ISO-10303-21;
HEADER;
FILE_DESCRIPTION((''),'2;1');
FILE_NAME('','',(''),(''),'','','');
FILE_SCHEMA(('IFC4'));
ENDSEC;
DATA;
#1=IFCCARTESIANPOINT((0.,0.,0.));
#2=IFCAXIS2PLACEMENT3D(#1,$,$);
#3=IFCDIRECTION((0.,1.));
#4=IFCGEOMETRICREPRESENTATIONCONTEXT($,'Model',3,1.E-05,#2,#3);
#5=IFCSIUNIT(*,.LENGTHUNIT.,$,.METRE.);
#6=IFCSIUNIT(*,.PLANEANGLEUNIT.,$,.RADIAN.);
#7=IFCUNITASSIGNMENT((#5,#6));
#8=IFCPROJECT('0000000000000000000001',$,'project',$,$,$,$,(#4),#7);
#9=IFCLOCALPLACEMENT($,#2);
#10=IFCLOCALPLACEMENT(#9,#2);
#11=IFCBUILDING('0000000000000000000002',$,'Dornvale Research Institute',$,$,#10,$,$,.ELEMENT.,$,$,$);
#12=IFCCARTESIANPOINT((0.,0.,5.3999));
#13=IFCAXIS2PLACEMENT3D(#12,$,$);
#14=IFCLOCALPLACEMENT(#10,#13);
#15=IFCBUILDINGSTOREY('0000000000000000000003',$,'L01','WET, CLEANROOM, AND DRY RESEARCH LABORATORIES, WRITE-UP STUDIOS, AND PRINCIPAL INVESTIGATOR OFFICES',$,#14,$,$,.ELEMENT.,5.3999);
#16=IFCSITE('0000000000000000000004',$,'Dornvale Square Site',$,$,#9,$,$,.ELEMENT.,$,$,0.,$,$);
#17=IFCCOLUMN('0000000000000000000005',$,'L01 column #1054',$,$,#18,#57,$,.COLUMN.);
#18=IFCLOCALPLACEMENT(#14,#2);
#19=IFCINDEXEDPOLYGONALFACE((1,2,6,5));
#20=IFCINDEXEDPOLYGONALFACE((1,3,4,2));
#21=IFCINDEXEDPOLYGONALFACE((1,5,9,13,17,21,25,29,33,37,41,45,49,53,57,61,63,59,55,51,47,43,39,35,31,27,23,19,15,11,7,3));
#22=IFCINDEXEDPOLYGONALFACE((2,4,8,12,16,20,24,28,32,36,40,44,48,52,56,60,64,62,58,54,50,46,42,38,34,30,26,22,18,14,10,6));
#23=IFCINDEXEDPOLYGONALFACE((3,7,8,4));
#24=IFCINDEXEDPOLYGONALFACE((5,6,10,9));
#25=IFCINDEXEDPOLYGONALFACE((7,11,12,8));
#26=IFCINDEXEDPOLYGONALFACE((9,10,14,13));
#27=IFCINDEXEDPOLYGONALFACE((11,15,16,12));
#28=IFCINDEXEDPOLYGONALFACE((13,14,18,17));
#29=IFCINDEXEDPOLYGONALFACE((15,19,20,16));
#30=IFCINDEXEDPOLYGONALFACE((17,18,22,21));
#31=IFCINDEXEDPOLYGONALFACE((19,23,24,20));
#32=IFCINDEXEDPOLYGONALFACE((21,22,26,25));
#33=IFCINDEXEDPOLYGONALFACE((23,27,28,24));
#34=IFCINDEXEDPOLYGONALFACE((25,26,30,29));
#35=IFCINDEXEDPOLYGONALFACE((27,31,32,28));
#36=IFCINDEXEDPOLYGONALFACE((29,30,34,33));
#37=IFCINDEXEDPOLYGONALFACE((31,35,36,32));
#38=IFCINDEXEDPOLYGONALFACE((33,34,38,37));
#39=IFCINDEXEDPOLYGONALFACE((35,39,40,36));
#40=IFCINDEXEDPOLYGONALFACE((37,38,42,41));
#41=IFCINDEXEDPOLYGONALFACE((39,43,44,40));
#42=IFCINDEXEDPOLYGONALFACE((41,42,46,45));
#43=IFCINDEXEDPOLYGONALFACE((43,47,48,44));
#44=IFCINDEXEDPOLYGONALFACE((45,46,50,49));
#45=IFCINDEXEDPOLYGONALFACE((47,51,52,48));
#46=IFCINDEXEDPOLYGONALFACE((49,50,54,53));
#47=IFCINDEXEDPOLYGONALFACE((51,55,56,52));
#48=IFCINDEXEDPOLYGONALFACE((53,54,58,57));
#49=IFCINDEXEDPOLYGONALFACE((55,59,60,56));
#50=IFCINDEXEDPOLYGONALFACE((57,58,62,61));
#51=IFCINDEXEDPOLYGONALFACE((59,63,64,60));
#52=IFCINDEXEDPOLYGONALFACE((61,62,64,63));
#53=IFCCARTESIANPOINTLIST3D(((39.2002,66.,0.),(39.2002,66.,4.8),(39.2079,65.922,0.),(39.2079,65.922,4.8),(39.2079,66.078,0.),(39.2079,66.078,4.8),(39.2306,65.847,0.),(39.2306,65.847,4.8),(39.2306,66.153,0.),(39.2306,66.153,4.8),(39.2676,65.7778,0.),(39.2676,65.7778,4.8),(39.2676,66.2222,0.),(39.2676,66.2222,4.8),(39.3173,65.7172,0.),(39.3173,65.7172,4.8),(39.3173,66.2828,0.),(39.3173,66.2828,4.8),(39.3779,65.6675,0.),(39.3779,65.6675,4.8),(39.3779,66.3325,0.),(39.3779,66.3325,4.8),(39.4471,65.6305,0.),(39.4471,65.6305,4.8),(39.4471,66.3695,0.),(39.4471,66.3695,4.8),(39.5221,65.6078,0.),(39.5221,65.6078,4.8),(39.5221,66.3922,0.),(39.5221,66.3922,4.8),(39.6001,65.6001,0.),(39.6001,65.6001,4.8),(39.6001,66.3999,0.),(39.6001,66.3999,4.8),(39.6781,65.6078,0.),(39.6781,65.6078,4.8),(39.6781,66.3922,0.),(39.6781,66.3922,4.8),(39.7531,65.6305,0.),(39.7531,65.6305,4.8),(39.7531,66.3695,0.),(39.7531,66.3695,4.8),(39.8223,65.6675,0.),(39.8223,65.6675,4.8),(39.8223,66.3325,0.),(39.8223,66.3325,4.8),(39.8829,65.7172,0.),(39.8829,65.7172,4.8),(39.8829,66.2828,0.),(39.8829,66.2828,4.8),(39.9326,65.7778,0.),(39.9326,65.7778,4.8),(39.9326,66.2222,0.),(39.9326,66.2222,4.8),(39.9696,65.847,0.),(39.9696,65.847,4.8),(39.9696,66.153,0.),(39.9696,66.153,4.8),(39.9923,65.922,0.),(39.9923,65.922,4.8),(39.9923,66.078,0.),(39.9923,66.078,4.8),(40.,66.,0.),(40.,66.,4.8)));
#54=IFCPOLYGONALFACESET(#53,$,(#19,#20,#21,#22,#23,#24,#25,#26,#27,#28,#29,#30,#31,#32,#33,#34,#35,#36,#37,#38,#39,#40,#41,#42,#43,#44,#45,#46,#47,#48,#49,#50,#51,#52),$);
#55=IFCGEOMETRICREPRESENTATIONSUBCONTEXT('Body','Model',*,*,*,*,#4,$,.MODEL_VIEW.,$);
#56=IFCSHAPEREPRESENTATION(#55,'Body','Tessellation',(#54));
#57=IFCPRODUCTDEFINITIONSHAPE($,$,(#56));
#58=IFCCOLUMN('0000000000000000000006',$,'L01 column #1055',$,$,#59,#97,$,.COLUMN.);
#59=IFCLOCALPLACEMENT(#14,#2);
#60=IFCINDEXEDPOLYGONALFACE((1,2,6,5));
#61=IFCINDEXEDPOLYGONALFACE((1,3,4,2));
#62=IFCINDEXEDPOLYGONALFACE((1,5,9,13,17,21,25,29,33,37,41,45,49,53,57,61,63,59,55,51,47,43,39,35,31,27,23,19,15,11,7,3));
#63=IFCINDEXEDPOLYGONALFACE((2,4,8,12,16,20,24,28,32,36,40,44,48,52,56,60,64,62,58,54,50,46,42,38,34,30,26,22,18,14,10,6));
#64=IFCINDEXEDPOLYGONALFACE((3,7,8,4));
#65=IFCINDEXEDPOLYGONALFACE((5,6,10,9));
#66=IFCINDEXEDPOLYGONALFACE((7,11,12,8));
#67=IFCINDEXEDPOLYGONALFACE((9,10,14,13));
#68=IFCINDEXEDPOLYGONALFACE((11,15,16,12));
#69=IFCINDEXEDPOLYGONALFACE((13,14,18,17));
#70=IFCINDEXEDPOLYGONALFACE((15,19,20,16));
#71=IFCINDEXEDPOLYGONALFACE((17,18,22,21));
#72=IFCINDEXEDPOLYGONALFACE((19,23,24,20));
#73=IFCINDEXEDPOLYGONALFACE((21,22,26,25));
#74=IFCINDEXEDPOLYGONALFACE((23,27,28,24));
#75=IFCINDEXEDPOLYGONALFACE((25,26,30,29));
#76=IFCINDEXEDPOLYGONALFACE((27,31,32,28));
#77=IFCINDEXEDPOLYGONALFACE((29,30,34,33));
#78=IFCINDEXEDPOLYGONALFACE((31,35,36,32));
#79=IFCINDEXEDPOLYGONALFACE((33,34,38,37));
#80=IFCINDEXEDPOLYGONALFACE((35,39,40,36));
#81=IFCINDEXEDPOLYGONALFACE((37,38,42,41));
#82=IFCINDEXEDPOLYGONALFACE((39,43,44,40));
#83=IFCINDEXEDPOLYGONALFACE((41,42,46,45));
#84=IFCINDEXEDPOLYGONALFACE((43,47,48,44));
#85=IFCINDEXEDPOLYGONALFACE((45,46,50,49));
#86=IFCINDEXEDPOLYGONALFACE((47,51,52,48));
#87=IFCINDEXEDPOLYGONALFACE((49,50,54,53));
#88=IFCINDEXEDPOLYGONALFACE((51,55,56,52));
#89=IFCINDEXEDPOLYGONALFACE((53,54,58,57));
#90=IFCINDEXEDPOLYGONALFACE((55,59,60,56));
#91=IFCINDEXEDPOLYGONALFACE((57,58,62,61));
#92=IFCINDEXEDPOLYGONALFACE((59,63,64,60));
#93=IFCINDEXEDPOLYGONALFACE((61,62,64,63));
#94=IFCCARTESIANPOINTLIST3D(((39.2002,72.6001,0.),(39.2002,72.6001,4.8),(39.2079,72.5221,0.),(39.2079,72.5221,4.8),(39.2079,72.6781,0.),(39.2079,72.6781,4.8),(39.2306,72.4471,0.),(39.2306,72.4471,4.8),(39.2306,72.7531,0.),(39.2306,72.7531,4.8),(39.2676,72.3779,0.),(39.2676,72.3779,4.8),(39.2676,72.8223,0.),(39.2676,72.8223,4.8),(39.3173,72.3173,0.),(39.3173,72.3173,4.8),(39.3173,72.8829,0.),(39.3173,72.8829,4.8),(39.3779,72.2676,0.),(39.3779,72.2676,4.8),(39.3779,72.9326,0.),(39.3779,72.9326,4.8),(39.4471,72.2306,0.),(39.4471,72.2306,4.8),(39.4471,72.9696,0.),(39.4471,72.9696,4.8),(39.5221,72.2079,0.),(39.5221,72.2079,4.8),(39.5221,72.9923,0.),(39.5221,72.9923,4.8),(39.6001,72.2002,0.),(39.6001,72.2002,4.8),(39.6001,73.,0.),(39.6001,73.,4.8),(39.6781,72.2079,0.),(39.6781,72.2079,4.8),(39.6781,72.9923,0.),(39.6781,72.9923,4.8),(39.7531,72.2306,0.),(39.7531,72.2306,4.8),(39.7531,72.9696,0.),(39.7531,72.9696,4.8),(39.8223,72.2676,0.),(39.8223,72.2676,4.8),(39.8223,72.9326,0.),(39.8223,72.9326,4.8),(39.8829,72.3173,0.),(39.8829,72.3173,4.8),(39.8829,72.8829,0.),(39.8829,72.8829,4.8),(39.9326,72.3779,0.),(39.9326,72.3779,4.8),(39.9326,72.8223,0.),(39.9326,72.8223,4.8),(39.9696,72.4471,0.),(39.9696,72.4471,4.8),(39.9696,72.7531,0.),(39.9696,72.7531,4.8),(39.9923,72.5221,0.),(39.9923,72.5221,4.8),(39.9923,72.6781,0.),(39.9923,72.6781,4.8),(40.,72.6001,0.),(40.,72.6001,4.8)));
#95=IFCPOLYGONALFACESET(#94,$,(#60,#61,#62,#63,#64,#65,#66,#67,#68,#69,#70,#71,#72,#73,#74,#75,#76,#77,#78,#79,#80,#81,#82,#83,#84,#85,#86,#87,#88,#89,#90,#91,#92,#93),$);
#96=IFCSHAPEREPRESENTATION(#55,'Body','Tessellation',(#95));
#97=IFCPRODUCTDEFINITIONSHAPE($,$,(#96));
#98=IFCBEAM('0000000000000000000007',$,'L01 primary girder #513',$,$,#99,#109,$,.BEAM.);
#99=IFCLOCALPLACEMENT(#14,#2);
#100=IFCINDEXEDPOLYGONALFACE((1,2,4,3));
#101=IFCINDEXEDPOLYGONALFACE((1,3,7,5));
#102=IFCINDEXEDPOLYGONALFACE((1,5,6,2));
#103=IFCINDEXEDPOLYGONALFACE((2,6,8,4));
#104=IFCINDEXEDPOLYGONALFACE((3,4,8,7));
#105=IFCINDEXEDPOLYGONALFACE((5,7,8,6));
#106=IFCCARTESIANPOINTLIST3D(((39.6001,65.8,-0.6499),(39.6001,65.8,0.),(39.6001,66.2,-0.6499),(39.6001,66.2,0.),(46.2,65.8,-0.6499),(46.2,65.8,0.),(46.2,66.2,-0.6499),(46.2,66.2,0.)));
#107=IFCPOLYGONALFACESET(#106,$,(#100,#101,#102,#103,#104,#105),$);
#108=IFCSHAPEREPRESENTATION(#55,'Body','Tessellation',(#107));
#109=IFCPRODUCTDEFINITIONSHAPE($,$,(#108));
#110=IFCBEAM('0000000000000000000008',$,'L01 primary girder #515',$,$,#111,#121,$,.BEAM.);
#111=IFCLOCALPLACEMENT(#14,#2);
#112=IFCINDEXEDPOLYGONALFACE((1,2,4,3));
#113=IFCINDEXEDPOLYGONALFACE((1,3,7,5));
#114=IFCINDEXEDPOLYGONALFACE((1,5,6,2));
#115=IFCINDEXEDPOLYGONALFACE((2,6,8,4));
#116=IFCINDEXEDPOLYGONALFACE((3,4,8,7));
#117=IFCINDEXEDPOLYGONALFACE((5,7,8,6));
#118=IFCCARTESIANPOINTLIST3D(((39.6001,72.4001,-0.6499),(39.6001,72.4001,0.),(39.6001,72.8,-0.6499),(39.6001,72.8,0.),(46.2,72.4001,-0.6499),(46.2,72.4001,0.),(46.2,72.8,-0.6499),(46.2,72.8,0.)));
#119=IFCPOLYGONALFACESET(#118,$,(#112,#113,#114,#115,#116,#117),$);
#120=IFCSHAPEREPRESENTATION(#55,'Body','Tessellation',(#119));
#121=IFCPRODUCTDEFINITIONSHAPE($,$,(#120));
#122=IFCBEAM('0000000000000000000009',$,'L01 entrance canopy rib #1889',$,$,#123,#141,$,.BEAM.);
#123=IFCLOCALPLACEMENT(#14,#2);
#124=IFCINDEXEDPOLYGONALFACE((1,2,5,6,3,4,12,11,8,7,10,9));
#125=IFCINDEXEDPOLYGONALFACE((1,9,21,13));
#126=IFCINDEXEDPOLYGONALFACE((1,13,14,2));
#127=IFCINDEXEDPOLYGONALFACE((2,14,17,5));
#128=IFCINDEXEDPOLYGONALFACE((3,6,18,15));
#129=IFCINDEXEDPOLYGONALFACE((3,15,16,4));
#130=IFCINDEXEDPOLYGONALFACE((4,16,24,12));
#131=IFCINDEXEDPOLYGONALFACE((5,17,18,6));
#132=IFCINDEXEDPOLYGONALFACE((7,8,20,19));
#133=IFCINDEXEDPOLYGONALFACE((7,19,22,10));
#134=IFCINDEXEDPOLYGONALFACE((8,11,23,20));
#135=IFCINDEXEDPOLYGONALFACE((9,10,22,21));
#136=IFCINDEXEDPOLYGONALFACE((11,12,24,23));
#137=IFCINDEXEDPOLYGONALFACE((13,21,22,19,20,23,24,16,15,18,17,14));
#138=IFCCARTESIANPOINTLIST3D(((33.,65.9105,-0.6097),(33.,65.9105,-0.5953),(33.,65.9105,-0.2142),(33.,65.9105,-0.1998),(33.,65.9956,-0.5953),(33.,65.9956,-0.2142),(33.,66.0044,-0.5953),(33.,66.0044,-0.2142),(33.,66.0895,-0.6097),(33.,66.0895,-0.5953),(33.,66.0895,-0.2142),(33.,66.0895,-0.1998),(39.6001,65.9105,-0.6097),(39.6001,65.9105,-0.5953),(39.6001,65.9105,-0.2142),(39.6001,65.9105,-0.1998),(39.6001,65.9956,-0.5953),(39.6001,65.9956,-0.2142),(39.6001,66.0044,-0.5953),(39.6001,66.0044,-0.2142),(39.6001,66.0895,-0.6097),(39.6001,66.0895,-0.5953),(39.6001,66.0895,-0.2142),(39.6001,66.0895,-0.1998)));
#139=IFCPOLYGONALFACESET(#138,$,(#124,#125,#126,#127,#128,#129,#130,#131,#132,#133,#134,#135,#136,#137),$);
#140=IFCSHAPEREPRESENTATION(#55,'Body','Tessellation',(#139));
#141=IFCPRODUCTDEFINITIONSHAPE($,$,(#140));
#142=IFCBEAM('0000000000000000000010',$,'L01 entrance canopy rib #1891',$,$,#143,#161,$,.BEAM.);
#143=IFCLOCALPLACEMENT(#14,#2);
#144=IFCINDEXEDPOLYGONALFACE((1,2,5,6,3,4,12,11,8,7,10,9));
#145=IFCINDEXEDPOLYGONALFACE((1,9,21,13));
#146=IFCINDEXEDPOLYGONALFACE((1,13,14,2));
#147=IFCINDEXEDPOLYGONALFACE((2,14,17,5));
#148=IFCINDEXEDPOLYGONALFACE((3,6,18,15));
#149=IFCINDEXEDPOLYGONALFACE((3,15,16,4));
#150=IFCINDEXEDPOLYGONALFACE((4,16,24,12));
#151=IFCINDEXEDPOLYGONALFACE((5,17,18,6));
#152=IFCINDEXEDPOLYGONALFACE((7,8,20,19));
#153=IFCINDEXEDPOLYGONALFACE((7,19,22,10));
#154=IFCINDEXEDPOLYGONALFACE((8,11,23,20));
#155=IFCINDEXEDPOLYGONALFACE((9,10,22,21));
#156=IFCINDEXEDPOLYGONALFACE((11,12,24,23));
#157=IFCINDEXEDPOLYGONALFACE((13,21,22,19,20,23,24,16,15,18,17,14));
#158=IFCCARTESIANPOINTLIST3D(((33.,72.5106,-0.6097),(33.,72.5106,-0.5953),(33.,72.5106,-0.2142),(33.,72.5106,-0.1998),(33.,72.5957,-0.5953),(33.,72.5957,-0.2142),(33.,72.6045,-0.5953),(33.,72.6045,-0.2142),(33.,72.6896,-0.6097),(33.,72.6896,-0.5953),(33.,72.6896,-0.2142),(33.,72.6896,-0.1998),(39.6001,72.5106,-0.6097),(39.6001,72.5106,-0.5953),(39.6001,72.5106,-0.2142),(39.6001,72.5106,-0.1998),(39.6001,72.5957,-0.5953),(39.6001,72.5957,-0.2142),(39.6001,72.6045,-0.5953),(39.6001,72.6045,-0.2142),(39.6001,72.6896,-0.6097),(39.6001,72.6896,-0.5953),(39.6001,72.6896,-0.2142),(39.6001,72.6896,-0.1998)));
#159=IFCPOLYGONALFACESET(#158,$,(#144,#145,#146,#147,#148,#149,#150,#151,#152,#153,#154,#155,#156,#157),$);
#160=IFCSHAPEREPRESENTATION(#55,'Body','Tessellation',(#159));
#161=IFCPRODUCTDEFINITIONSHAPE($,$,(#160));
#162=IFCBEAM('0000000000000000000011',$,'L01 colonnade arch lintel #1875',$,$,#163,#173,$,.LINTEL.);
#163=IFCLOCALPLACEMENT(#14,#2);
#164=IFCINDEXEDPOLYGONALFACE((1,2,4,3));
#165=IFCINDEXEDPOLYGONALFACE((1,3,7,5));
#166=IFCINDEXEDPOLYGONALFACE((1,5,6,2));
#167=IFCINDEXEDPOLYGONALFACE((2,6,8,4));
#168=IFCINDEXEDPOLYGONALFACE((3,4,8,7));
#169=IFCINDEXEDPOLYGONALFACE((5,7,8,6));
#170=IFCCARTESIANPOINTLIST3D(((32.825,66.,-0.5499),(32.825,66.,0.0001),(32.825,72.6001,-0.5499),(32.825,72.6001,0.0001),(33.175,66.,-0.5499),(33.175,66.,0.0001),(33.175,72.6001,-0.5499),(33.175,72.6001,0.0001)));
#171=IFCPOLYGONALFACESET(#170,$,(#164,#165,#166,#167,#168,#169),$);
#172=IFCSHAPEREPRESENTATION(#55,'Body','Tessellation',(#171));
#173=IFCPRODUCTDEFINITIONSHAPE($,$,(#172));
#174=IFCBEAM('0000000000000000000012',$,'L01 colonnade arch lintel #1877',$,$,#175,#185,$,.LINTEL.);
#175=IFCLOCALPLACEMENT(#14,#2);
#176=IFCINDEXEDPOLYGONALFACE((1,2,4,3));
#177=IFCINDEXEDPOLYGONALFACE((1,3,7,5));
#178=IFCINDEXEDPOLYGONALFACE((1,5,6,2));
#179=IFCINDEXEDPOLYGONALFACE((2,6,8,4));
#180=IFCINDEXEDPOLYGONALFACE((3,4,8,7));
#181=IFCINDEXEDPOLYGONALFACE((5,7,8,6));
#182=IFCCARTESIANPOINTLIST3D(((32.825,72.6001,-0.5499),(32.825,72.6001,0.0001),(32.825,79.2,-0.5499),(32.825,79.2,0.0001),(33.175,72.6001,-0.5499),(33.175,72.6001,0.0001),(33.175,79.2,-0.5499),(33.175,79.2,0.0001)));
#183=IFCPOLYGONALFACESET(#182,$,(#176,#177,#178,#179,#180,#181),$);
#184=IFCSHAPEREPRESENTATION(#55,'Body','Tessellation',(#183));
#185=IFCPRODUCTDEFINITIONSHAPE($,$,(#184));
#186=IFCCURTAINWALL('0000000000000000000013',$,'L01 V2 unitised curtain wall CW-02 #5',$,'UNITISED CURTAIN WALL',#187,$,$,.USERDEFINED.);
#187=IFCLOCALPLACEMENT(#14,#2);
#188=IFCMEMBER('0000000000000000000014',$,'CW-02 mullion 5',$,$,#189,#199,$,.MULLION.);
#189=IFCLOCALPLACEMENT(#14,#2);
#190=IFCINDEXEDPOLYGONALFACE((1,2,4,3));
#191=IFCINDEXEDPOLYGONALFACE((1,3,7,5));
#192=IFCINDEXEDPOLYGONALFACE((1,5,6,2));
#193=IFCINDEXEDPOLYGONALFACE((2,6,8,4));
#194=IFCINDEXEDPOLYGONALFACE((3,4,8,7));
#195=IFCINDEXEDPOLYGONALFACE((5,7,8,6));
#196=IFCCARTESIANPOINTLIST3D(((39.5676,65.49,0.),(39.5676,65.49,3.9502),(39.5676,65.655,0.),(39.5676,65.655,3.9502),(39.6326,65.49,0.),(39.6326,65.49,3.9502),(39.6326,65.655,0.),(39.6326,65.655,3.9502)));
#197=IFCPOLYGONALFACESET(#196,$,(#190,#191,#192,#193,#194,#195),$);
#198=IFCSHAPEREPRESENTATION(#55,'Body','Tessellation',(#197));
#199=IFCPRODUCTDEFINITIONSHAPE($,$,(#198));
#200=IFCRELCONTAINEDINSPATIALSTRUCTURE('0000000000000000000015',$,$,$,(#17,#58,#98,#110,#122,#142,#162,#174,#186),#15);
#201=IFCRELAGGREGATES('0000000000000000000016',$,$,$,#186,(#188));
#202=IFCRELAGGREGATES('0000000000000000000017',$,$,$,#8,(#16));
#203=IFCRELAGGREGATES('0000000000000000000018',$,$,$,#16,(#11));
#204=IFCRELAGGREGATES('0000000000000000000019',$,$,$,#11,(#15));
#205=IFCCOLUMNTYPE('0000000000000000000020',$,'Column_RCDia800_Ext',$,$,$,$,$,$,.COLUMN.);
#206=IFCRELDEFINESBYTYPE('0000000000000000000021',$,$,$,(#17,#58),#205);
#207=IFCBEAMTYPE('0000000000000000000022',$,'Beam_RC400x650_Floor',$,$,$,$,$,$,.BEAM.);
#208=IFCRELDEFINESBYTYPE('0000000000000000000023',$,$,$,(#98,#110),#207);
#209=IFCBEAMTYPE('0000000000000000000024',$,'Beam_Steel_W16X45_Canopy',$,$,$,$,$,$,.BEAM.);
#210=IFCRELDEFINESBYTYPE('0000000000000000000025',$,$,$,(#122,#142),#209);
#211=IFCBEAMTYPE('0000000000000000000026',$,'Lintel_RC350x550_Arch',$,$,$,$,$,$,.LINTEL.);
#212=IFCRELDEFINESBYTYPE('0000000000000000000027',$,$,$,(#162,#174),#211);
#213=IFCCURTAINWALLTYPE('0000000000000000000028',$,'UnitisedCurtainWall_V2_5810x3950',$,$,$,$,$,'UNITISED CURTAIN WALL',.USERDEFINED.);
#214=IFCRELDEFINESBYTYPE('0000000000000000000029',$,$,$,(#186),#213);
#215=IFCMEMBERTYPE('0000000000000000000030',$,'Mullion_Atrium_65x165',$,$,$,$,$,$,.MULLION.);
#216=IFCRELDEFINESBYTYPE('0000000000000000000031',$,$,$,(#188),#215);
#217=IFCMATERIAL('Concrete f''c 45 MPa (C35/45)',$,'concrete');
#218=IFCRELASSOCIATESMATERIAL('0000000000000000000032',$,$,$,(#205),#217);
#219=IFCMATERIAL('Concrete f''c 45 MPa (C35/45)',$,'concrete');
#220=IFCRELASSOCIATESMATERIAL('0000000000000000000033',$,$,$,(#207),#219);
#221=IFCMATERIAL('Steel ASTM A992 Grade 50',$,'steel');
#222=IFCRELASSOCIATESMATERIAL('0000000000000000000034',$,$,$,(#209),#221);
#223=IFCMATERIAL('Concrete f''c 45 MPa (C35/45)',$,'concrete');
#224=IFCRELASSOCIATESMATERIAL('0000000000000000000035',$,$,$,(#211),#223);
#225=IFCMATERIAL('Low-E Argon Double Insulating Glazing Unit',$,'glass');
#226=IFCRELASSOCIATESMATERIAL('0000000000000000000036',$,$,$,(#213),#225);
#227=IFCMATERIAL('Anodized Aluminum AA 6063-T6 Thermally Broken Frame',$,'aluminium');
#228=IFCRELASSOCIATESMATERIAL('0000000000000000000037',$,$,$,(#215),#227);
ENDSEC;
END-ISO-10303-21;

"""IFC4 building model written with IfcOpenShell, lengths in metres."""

from ifc_helpers import new_model, si_unit, direction, frame, origin, origin_2d, place, context, subcontext, project, spatial, rectangle, circle, i_section, extrude, material, material_profile, profile_set, type_object, element, aggregate, save


model = new_model("IFC4")

# Units and contexts
model_context = context("Model", 3, precision=1e-05, world=origin(), true_north=direction((0.0, 1.0)))
body_context = subcontext(model_context, "Body", "Model", "MODEL_VIEW")
ifc_project = project(units=[si_unit("LENGTHUNIT", "METRE"), si_unit("PLANEANGLEUNIT", "RADIAN")], contexts=[model_context])

# Site, building, storey
site_placement = place(None, origin())
site = spatial("IfcSite", under=ifc_project, at=site_placement, Name="Dornvale Square Site", CompositionType="ELEMENT", RefElevation=0.0)
building_placement = place(site_placement, origin())
building = spatial("IfcBuilding", under=site, at=building_placement, Name="Dornvale Research Institute", CompositionType="ELEMENT")
storey_placement = place(building_placement, frame((0.0, 0.0, 5.3999)))
storey = spatial("IfcBuildingStorey", under=building, at=storey_placement, Name="L01", Description="WET, CLEANROOM, AND DRY RESEARCH LABORATORIES, WRITE-UP STUDIOS, AND PRINCIPAL INVESTIGATOR OFFICES", CompositionType="ELEMENT", Elevation=5.3999)

# Columns
ifc_material_1 = material(Name="Concrete f'c 45 MPa (C35/45)", Category="concrete")
ifc_material_profile_1 = material_profile(ifc_material_1, circle(Radius=0.3999, at=origin_2d()), Name="RC DIA 800")
ifc_profile_set_1 = profile_set([ifc_material_profile_1], Name="Concrete f'c 45 MPa (C35/45)")
column_type = type_object("IfcColumnType", Name="Column_RCDia800_Ext", PredefinedType="COLUMN", material=ifc_profile_set_1)
for number, where, z_axis, x_axis, name in (
    (1, (39.6001, 66.0, 0.0), (0.0, 0.0, 1.0), (1.0, 0.0, 0.0), "L01 column #1054"),
    (2, (39.6001, 72.6001, 0.0), (0.0, 0.0, 1.0), (1.0, 0.0, 0.0), "L01 column #1055"),
):
    element("IfcColumn", number, at=place(storey_placement, frame(where, z_axis=z_axis, x_axis=x_axis)), inside=storey, type_object=column_type, Name=name, PredefinedType="COLUMN", context=body_context, shape_type="SweptSolid", body=[
        extrude(circle(Radius=0.3999, at=origin_2d()), origin(), (0.0, 0.0, 1.0), 4.8),
    ])

# Beams
ifc_material_2 = material(Name="Concrete f'c 45 MPa (C35/45)", Category="concrete")
ifc_material_profile_2 = material_profile(ifc_material_2, rectangle(XDim=0.3999, YDim=0.6499, at=origin_2d()), Name="RC 400x650")
ifc_profile_set_2 = profile_set([ifc_material_profile_2], Name="Concrete f'c 45 MPa (C35/45)")
beam_type_1 = type_object("IfcBeamType", Name="Beam_RC400x650_Floor", PredefinedType="BEAM", material=ifc_profile_set_2)
for number, where, z_axis, x_axis, name in (
    (3, (39.6001, 66.0, -0.325), (1.0, 0.0, 0.0), (0.0, 1.0, 0.0), "L01 primary girder #513"),
    (4, (39.6001, 72.6001, -0.325), (1.0, 0.0, 0.0), (0.0, 1.0, 0.0), "L01 primary girder #515"),
):
    element("IfcBeam", number, at=place(storey_placement, frame(where, z_axis=z_axis, x_axis=x_axis)), inside=storey, type_object=beam_type_1, Name=name, PredefinedType="BEAM", context=body_context, shape_type="SweptSolid", body=[
        extrude(rectangle(XDim=0.3999, YDim=0.6499, at=origin_2d()), origin(), (0.0, 0.0, 1.0), 6.5999),
    ])
ifc_material_3 = material(Name="Steel ASTM A992 Grade 50", Category="steel")
ifc_material_profile_3 = material_profile(ifc_material_3, i_section(OverallWidth=0.179, OverallDepth=0.4099, WebThickness=0.0088, FlangeThickness=0.0144, at=origin_2d()), Name="W16X45")
ifc_profile_set_3 = profile_set([ifc_material_profile_3], Name="Steel ASTM A992 Grade 50")
beam_type_2 = type_object("IfcBeamType", Name="Beam_Steel_W16X45_Canopy", PredefinedType="BEAM", material=ifc_profile_set_3)
for number, where, z_axis, x_axis, name in (
    (5, (33.0, 66.0, -0.4048), (1.0, 0.0, 0.0), (0.0, 1.0, 0.0), "L01 entrance canopy rib #1889"),
    (6, (33.0, 72.6001, -0.4048), (1.0, 0.0, 0.0), (0.0, 1.0, 0.0), "L01 entrance canopy rib #1891"),
):
    element("IfcBeam", number, at=place(storey_placement, frame(where, z_axis=z_axis, x_axis=x_axis)), inside=storey, type_object=beam_type_2, Name=name, PredefinedType="BEAM", context=body_context, shape_type="SweptSolid", body=[
        extrude(i_section(OverallWidth=0.179, OverallDepth=0.4099, WebThickness=0.0088, FlangeThickness=0.0144, at=origin_2d()), origin(), (0.0, 0.0, 1.0), 6.6001),
    ])
ifc_material_4 = material(Name="Concrete f'c 45 MPa (C35/45)", Category="concrete")
ifc_material_profile_4 = material_profile(ifc_material_4, rectangle(XDim=0.3501, YDim=0.55, at=origin_2d()), Name="RC 350x550")
ifc_profile_set_4 = profile_set([ifc_material_profile_4], Name="Concrete f'c 45 MPa (C35/45)")
beam_type_3 = type_object("IfcBeamType", Name="Lintel_RC350x550_Arch", PredefinedType="LINTEL", material=ifc_profile_set_4)
beam_1_placement = place(storey_placement, frame((33.0, 66.0, -0.2749), z_axis=(0.0, 1.0, 0.0), x_axis=(-1.0, 0.0, 0.0)))
element("IfcBeam", 7, at=beam_1_placement, inside=storey, type_object=beam_type_3, Name="L01 colonnade arch lintel #1875", PredefinedType="LINTEL", context=body_context, shape_type="SweptSolid", body=[
    extrude(rectangle(XDim=0.3501, YDim=0.55, at=origin_2d()), origin(), (0.0, 0.0, 1.0), 6.6001),
])
beam_2_placement = place(storey_placement, frame((33.0, 72.6001, -0.2749), z_axis=(0.0, 1.0, 0.0), x_axis=(-1.0, 0.0, 0.0)))
element("IfcBeam", 8, at=beam_2_placement, inside=storey, type_object=beam_type_3, Name="L01 colonnade arch lintel #1877", PredefinedType="LINTEL", context=body_context, shape_type="SweptSolid", body=[
    extrude(rectangle(XDim=0.3501, YDim=0.55, at=origin_2d()), origin(), (0.0, 0.0, 1.0), 6.5999),
])

# Curtain wall, member
ifc_material_5 = material(Name="Low-E Argon Double Insulating Glazing Unit", Category="glass")
curtain_wall_type = type_object("IfcCurtainWallType", Name="UnitisedCurtainWall_V2_5810x3950", ElementType="UNITISED CURTAIN WALL", PredefinedType="USERDEFINED", material=ifc_material_5)
curtain_wall_1_placement = place(storey_placement, origin())
curtain_wall_1 = element("IfcCurtainWall", 9, at=curtain_wall_1_placement, inside=storey, type_object=curtain_wall_type, Name="L01 V2 unitised curtain wall CW-02 #5", ObjectType="UNITISED CURTAIN WALL", PredefinedType="USERDEFINED")
ifc_material_6 = material(Name="Anodized Aluminum AA 6063-T6 Thermally Broken Frame", Category="aluminium")
ifc_material_profile_5 = material_profile(ifc_material_6, rectangle(XDim=0.0649, YDim=0.165, at=origin_2d()), Name="ALU MULLION 65x165")
ifc_profile_set_5 = profile_set([ifc_material_profile_5], Name="Anodized Aluminum AA 6063-T6 Thermally Broken Frame")
member_type_1 = type_object("IfcMemberType", Name="Mullion_Atrium_65x165", PredefinedType="MULLION", material=ifc_profile_set_5)
member_1_placement = place(storey_placement, frame((39.6001, 65.5725, 0.0), z_axis=(0.0, 0.0, 1.0), x_axis=(-1.0, 0.0, 0.0)))
member_1 = element("IfcMember", 10, at=member_1_placement, type_object=member_type_1, Name="CW-02 mullion 5", PredefinedType="MULLION", context=body_context, shape_type="SweptSolid", body=[
    extrude(rectangle(XDim=0.0649, YDim=0.165, at=origin_2d()), origin(), (0.0, 0.0, 1.0), 3.9502),
])

aggregate(curtain_wall_1, [member_1])

save(model, "model.ifc")
